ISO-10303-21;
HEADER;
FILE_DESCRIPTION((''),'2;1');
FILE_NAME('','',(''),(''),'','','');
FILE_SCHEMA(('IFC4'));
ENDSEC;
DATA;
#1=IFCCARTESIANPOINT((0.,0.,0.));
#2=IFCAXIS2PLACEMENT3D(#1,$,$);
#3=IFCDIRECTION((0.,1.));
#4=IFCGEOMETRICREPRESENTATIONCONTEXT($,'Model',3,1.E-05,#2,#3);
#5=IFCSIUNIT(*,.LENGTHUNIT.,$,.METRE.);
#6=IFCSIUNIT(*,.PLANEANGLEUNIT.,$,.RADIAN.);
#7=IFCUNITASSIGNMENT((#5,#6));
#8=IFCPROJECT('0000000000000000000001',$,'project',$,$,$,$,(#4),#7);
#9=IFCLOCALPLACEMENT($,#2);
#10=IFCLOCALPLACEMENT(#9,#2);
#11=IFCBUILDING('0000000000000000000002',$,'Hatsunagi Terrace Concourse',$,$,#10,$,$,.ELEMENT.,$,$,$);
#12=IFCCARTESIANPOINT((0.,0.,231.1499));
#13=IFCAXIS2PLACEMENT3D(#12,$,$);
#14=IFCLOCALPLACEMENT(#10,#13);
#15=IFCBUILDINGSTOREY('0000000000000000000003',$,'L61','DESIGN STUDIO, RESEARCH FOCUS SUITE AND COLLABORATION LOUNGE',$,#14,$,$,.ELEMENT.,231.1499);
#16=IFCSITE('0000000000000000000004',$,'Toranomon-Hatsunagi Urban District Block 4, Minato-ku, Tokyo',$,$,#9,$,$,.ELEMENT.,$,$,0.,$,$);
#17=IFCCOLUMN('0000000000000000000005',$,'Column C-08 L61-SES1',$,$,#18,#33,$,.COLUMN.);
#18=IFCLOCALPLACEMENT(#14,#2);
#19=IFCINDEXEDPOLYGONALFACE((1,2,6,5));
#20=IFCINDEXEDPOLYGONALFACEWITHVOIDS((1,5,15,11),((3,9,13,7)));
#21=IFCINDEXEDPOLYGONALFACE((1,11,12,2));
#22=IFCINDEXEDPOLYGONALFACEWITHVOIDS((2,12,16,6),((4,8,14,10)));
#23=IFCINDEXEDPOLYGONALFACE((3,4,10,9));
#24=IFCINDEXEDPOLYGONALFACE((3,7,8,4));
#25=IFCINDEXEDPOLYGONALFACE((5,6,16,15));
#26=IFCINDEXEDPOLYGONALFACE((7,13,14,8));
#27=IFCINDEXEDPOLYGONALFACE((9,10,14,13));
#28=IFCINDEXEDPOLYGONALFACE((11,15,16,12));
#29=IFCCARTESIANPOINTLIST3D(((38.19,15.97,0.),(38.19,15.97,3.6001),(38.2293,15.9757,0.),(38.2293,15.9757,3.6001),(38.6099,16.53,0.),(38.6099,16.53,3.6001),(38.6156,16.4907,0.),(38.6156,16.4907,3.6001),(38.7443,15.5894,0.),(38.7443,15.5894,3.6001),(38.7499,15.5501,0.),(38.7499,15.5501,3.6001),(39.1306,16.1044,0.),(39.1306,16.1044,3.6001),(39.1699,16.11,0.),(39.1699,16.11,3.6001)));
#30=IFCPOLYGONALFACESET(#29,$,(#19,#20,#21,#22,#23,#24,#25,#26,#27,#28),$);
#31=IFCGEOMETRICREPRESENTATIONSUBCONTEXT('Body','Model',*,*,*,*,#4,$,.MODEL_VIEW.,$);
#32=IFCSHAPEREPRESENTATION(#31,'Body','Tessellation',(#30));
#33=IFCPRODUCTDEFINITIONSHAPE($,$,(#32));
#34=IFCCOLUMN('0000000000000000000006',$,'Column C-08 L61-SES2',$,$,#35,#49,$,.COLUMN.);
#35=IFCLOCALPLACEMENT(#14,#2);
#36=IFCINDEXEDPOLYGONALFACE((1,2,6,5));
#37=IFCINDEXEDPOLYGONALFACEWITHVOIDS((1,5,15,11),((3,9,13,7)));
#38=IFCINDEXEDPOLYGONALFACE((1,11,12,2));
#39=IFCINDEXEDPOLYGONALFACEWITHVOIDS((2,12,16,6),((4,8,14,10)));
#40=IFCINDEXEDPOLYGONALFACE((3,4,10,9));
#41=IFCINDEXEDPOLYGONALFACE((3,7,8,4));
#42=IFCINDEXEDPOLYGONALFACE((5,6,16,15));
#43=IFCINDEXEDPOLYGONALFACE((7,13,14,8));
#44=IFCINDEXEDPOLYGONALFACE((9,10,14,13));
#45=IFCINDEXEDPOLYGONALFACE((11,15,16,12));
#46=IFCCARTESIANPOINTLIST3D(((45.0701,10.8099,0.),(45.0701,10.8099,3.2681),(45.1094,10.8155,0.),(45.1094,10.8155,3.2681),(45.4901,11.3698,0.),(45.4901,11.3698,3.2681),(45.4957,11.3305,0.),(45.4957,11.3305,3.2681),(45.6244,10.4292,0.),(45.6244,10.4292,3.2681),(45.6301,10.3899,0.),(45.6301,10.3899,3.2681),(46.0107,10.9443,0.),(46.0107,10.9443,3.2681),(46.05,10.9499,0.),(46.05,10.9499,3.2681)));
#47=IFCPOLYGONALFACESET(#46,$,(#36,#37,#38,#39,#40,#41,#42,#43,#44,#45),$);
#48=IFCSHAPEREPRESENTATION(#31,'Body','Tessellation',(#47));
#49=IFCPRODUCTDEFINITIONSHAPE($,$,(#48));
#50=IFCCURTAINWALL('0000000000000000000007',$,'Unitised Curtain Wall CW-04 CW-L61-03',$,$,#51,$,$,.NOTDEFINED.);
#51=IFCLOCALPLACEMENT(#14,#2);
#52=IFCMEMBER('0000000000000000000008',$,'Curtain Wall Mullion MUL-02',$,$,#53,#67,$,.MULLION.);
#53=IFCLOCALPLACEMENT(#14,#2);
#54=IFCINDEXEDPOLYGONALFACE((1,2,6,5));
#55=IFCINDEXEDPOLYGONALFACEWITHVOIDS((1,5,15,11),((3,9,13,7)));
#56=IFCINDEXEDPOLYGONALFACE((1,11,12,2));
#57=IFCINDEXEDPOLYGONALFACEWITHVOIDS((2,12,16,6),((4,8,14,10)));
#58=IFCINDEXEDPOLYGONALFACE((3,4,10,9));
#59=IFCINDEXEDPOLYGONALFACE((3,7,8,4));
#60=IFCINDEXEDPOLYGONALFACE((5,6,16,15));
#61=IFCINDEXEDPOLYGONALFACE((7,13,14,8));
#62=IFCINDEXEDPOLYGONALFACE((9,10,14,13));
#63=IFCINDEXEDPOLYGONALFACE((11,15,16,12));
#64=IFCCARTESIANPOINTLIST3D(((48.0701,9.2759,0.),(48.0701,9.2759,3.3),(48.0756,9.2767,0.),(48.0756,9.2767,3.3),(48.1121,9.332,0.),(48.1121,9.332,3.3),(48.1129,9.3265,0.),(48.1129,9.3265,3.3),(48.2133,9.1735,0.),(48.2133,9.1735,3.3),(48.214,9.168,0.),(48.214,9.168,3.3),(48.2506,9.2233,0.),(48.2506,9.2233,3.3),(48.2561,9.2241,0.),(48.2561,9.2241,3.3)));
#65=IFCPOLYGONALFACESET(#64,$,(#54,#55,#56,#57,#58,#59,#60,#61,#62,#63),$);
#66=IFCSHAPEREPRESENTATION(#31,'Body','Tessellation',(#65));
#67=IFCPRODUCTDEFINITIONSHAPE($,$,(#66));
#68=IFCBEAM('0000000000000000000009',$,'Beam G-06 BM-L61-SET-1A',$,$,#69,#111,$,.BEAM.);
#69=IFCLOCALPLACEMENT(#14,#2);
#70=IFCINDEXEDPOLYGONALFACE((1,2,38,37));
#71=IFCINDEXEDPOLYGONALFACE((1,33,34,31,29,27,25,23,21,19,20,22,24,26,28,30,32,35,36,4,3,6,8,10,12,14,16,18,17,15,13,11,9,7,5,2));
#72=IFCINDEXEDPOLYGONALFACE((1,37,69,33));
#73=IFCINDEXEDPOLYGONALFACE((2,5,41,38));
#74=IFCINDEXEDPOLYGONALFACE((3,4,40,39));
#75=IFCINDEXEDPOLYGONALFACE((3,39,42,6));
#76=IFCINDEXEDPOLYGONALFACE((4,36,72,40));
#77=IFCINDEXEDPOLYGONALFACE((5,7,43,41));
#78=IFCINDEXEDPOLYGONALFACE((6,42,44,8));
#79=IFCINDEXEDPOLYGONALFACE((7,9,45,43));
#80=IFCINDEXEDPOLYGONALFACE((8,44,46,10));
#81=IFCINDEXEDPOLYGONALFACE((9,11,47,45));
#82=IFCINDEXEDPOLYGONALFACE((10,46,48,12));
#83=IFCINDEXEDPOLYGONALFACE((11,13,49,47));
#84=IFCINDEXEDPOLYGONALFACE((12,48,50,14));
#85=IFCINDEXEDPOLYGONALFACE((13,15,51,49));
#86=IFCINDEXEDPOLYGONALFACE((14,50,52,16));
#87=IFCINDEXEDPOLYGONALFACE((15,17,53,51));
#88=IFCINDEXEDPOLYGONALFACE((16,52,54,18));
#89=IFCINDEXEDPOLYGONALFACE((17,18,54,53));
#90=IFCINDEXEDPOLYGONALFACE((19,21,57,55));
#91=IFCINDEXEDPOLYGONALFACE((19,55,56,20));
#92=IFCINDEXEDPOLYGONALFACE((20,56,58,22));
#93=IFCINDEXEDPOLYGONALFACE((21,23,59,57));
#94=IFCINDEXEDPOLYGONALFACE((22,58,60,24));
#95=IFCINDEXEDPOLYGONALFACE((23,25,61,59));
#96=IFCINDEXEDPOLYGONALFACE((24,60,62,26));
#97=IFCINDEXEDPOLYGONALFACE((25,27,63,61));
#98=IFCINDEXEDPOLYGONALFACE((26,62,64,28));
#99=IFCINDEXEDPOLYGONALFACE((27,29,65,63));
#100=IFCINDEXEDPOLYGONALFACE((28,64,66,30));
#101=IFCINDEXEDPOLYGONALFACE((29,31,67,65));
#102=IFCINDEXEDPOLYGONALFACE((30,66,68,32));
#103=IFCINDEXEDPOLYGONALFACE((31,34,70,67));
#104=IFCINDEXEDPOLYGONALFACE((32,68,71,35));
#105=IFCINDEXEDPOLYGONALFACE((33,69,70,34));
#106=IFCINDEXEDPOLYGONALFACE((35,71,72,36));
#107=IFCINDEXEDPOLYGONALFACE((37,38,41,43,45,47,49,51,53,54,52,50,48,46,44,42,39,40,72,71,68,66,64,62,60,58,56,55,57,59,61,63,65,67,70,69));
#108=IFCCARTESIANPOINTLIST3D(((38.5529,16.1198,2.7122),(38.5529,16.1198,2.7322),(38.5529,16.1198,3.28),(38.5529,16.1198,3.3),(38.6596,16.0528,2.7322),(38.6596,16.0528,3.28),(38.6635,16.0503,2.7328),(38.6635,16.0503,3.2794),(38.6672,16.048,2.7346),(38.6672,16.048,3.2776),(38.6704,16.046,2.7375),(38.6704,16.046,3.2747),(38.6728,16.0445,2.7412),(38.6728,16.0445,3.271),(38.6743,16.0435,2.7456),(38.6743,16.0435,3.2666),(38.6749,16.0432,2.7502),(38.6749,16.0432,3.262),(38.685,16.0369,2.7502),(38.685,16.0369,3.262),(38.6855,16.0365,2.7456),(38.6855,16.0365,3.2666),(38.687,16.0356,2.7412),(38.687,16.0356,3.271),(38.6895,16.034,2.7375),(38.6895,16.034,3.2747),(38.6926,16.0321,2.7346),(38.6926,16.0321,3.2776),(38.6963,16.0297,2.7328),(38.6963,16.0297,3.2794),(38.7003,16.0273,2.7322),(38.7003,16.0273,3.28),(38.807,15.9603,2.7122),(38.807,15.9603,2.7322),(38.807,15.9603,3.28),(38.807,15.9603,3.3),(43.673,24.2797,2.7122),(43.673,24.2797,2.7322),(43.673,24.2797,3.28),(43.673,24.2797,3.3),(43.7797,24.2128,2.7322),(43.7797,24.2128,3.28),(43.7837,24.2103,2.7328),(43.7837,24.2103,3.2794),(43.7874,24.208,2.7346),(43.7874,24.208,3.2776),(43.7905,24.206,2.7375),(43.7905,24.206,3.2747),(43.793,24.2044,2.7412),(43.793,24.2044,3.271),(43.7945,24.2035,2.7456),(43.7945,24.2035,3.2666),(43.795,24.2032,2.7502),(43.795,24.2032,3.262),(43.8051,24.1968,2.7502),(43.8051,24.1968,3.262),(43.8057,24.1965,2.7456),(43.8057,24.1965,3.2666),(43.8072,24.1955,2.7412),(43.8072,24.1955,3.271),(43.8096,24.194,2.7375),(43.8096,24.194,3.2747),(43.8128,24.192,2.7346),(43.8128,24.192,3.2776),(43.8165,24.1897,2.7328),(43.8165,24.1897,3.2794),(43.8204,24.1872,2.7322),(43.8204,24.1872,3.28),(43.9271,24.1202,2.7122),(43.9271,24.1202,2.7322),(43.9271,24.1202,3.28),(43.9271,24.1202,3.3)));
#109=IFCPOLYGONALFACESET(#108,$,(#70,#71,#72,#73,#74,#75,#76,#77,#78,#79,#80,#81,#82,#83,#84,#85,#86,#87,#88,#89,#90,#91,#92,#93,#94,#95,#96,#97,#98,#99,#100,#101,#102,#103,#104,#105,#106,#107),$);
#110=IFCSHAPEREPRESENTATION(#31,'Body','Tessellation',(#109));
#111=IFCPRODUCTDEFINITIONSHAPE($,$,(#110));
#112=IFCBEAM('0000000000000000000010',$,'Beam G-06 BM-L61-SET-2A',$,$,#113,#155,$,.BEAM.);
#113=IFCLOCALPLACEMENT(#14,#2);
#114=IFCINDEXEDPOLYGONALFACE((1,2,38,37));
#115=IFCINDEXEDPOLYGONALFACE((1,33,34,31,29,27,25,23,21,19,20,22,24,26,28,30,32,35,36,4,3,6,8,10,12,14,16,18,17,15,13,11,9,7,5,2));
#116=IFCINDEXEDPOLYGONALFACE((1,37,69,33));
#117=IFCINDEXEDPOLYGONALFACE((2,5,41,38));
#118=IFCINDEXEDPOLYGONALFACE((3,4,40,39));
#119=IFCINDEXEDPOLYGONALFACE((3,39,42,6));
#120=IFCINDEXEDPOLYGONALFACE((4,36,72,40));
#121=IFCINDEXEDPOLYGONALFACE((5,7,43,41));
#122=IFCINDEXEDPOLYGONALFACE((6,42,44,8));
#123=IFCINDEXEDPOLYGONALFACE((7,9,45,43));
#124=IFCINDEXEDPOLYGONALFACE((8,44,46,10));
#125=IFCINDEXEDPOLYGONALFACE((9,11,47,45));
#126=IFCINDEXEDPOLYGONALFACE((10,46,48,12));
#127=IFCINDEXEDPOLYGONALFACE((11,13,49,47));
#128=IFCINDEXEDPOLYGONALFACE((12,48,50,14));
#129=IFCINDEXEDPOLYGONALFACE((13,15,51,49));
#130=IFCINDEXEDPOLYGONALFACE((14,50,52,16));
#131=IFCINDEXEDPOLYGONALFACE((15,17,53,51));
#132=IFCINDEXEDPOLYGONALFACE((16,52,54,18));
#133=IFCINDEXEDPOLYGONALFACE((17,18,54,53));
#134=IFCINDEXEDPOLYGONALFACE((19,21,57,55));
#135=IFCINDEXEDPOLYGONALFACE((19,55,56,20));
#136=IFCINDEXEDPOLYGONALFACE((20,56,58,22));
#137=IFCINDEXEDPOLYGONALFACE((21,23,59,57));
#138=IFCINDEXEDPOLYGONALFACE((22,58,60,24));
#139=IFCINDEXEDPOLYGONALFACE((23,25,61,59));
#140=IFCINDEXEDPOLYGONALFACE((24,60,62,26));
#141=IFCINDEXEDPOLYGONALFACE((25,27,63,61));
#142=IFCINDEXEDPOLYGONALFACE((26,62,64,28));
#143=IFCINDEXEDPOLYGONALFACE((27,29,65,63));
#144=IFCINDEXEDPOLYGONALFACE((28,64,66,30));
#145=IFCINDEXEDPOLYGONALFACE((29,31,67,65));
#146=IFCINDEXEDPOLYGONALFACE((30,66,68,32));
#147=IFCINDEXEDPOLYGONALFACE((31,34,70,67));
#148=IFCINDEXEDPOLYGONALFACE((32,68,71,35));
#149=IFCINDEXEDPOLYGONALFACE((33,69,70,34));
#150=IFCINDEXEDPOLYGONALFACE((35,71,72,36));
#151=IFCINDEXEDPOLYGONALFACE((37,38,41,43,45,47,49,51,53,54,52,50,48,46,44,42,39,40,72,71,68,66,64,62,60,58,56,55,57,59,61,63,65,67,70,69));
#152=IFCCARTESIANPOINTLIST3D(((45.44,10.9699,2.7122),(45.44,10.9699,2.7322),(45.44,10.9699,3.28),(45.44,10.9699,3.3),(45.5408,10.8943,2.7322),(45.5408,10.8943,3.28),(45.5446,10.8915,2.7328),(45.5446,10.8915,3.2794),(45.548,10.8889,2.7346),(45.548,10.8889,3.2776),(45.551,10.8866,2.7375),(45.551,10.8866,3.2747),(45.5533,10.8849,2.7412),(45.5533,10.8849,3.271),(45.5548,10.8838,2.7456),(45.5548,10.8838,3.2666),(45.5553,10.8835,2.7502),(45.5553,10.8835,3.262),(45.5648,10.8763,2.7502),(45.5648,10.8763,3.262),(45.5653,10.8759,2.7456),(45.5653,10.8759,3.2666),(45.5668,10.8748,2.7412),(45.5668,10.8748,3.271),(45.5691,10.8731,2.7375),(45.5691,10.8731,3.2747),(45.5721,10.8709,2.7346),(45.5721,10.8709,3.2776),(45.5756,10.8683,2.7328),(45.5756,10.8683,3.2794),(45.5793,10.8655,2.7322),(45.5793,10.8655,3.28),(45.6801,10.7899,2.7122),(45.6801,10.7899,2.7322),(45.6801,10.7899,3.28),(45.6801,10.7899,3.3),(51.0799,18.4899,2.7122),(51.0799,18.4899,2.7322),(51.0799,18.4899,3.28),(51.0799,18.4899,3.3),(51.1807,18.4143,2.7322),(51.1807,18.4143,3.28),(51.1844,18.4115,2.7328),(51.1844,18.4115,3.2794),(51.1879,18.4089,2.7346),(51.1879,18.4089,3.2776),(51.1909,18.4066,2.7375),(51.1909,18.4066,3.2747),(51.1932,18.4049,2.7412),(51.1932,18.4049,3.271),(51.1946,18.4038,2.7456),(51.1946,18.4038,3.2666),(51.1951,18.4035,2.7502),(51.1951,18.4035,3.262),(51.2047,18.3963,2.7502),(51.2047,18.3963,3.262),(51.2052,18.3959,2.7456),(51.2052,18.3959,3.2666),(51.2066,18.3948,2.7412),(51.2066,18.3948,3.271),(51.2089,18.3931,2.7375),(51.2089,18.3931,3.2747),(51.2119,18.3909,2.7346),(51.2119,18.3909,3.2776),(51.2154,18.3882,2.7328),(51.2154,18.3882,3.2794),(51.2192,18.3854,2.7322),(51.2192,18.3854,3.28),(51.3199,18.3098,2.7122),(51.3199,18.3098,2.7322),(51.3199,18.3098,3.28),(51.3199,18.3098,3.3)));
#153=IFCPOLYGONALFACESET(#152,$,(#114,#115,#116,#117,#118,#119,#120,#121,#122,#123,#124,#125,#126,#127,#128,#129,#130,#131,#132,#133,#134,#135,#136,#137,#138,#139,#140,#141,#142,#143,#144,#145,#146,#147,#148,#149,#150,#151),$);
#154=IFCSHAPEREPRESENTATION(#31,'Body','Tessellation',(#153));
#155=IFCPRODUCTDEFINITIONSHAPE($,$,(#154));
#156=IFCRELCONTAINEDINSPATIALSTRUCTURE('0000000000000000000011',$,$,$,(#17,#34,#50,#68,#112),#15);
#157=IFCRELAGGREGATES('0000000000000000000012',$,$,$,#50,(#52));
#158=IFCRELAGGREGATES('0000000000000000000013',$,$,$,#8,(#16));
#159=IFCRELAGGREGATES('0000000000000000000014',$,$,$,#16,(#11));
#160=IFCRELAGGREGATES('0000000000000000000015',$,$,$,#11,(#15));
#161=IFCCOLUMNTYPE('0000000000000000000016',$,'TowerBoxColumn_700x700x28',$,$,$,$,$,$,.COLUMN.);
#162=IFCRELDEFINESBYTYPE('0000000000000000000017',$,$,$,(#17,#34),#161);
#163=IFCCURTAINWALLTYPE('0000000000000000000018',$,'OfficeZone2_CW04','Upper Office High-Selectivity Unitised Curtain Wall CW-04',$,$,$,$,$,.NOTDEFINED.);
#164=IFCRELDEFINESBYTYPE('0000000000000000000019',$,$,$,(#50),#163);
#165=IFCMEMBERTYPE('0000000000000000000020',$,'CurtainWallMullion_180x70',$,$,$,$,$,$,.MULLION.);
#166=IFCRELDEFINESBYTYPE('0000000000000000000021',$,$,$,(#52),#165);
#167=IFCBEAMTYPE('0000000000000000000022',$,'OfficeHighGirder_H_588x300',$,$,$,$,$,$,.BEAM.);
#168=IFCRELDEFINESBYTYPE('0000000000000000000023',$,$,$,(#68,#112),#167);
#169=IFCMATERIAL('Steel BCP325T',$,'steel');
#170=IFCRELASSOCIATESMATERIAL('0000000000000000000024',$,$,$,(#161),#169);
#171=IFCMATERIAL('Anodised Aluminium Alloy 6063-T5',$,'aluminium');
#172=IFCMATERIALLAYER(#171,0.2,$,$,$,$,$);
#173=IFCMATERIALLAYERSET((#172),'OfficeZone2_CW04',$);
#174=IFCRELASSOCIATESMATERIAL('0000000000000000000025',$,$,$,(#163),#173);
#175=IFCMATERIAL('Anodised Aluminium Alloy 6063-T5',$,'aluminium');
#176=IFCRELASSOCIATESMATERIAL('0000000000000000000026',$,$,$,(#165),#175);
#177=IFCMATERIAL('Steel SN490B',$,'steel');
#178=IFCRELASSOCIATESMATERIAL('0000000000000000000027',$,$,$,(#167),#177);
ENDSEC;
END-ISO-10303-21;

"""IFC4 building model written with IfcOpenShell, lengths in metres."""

from ifc_helpers import new_model, si_unit, direction, frame, origin, origin_2d, place, context, subcontext, project, spatial, hollow_rectangle, i_section, extrude, material, layer, layer_set, material_profile, profile_set, type_object, element, aggregate, save


model = new_model("IFC4")

# Units and contexts
model_context = context("Model", 3, precision=1e-05, world=origin(), true_north=direction((0.0, 1.0)))
body_context = subcontext(model_context, "Body", "Model", "MODEL_VIEW")
ifc_project = project(units=[si_unit("LENGTHUNIT", "METRE"), si_unit("PLANEANGLEUNIT", "RADIAN")], contexts=[model_context])

# Site, building, storey
site_placement = place(None, origin())
site = spatial("IfcSite", under=ifc_project, at=site_placement, Name="Toranomon-Hatsunagi Urban District Block 4, Minato-ku, Tokyo", CompositionType="ELEMENT", RefElevation=0.0)
building_placement = place(site_placement, origin())
building = spatial("IfcBuilding", under=site, at=building_placement, Name="Hatsunagi Terrace Concourse", CompositionType="ELEMENT")
storey_placement = place(building_placement, frame((0.0, 0.0, 231.1499)))
storey = spatial("IfcBuildingStorey", under=building, at=storey_placement, Name="L61", Description="DESIGN STUDIO, RESEARCH FOCUS SUITE AND COLLABORATION LOUNGE", CompositionType="ELEMENT", Elevation=231.1499)

# Columns
ifc_material_1 = material(Name="Steel BCP325T", Category="steel")
ifc_material_profile_1 = material_profile(ifc_material_1, hollow_rectangle(XDim=0.7, YDim=0.7, WallThickness=0.0281, at=origin_2d()), Name="BCP-700x700x28")
ifc_profile_set_1 = profile_set([ifc_material_profile_1], Name="Steel BCP325T")
column_type = type_object("IfcColumnType", Name="TowerBoxColumn_700x700x28", PredefinedType="COLUMN", material=ifc_profile_set_1)
column_1_placement = place(storey_placement, frame((38.6799, 16.04, 0.0), z_axis=(0.0, 0.0, 1.0), x_axis=(0.8, -0.6, 0.0)))
element("IfcColumn", 1, at=column_1_placement, inside=storey, type_object=column_type, Name="Column C-08 L61-SES1", PredefinedType="COLUMN", context=body_context, shape_type="SweptSolid", body=[
    extrude(hollow_rectangle(XDim=0.7, YDim=0.7, WallThickness=0.0281, at=origin_2d()), origin(), (0.0, 0.0, 1.0), 3.6001),
])
column_2_placement = place(storey_placement, frame((45.5601, 10.8799, 0.0), z_axis=(0.0, 0.0, 1.0), x_axis=(0.8, -0.6, 0.0)))
element("IfcColumn", 2, at=column_2_placement, inside=storey, type_object=column_type, Name="Column C-08 L61-SES2", PredefinedType="COLUMN", context=body_context, shape_type="SweptSolid", body=[
    extrude(hollow_rectangle(XDim=0.7, YDim=0.7, WallThickness=0.0281, at=origin_2d()), origin(), (0.0, 0.0, 1.0), 3.2681),
])

# Curtain wall, member
ifc_material_2 = material(Name="Anodised Aluminium Alloy 6063-T5", Category="aluminium")
ifc_layer_1 = layer(ifc_material_2, 0.2)
ifc_layer_set_1 = layer_set([ifc_layer_1], Name="OfficeZone2_CW04")
curtain_wall_type = type_object("IfcCurtainWallType", Name="OfficeZone2_CW04", Description="Upper Office High-Selectivity Unitised Curtain Wall CW-04", PredefinedType="NOTDEFINED", material=ifc_layer_set_1)
curtain_wall_placement = place(storey_placement, origin())
curtain_wall = element("IfcCurtainWall", 3, at=curtain_wall_placement, inside=storey, type_object=curtain_wall_type, Name="Unitised Curtain Wall CW-04 CW-L61-03", PredefinedType="NOTDEFINED")
ifc_material_3 = material(Name="Anodised Aluminium Alloy 6063-T5", Category="aluminium")
ifc_material_profile_2 = material_profile(ifc_material_3, hollow_rectangle(XDim=0.0701, YDim=0.1799, WallThickness=0.0039, at=origin_2d()), Name="ALU-MUL-180x70x4")
ifc_profile_set_2 = profile_set([ifc_material_profile_2], Name="Anodised Aluminium Alloy 6063-T5")
member_type = type_object("IfcMemberType", Name="CurtainWallMullion_180x70", PredefinedType="MULLION", material=ifc_profile_set_2)
member_placement = place(storey_placement, frame((48.1631, 9.25, 0.0), z_axis=(0.0, 0.0, 1.0), x_axis=(-0.599969, -0.800023, 0.0)))
member = element("IfcMember", 4, at=member_placement, type_object=member_type, Name="Curtain Wall Mullion MUL-02", PredefinedType="MULLION", context=body_context, shape_type="SweptSolid", body=[
    extrude(hollow_rectangle(XDim=0.0701, YDim=0.1799, WallThickness=0.0039, at=origin_2d()), origin(), (0.0, 0.0, 1.0), 3.3),
])
aggregate(curtain_wall, [member])

# Beams
ifc_material_4 = material(Name="Steel SN490B", Category="steel")
ifc_material_profile_3 = material_profile(ifc_material_4, i_section(OverallWidth=0.3, OverallDepth=0.5879, WebThickness=0.012, FlangeThickness=0.02, FilletRadius=0.0181, at=origin_2d()), Name="H-588x300x12x20")
ifc_profile_set_3 = profile_set([ifc_material_profile_3], Name="Steel SN490B")
beam_type_1 = type_object("IfcBeamType", Name="OfficeHighGirder_H_588x300", PredefinedType="BEAM", material=ifc_profile_set_3)
beam_1_placement = place(storey_placement, frame((38.6799, 16.04, 3.0061), z_axis=(0.531504, 0.847056, 0.0), x_axis=(-0.847056, 0.531504, 0.0)))
element("IfcBeam", 5, at=beam_1_placement, inside=storey, type_object=beam_type_1, Name="Beam G-06 BM-L61-SET-1A", PredefinedType="BEAM", context=body_context, shape_type="SweptSolid", body=[
    extrude(i_section(OverallWidth=0.3, OverallDepth=0.5879, WebThickness=0.012, FlangeThickness=0.02, FilletRadius=0.0181, at=origin_2d()), origin(), (0.0, 0.0, 1.0), 9.6333),
])
beam_2_placement = place(storey_placement, frame((45.5601, 10.8799, 3.0061), z_axis=(0.599992, 0.800006, 0.0), x_axis=(-0.800006, 0.599992, 0.0)))
element("IfcBeam", 6, at=beam_2_placement, inside=storey, type_object=beam_type_1, Name="Beam G-06 BM-L61-SET-2A", PredefinedType="BEAM", context=body_context, shape_type="SweptSolid", body=[
    extrude(i_section(OverallWidth=0.3, OverallDepth=0.5879, WebThickness=0.012, FlangeThickness=0.02, FilletRadius=0.0181, at=origin_2d()), origin(), (0.0, 0.0, 1.0), 9.3999),
])

save(model, "model.ifc")
